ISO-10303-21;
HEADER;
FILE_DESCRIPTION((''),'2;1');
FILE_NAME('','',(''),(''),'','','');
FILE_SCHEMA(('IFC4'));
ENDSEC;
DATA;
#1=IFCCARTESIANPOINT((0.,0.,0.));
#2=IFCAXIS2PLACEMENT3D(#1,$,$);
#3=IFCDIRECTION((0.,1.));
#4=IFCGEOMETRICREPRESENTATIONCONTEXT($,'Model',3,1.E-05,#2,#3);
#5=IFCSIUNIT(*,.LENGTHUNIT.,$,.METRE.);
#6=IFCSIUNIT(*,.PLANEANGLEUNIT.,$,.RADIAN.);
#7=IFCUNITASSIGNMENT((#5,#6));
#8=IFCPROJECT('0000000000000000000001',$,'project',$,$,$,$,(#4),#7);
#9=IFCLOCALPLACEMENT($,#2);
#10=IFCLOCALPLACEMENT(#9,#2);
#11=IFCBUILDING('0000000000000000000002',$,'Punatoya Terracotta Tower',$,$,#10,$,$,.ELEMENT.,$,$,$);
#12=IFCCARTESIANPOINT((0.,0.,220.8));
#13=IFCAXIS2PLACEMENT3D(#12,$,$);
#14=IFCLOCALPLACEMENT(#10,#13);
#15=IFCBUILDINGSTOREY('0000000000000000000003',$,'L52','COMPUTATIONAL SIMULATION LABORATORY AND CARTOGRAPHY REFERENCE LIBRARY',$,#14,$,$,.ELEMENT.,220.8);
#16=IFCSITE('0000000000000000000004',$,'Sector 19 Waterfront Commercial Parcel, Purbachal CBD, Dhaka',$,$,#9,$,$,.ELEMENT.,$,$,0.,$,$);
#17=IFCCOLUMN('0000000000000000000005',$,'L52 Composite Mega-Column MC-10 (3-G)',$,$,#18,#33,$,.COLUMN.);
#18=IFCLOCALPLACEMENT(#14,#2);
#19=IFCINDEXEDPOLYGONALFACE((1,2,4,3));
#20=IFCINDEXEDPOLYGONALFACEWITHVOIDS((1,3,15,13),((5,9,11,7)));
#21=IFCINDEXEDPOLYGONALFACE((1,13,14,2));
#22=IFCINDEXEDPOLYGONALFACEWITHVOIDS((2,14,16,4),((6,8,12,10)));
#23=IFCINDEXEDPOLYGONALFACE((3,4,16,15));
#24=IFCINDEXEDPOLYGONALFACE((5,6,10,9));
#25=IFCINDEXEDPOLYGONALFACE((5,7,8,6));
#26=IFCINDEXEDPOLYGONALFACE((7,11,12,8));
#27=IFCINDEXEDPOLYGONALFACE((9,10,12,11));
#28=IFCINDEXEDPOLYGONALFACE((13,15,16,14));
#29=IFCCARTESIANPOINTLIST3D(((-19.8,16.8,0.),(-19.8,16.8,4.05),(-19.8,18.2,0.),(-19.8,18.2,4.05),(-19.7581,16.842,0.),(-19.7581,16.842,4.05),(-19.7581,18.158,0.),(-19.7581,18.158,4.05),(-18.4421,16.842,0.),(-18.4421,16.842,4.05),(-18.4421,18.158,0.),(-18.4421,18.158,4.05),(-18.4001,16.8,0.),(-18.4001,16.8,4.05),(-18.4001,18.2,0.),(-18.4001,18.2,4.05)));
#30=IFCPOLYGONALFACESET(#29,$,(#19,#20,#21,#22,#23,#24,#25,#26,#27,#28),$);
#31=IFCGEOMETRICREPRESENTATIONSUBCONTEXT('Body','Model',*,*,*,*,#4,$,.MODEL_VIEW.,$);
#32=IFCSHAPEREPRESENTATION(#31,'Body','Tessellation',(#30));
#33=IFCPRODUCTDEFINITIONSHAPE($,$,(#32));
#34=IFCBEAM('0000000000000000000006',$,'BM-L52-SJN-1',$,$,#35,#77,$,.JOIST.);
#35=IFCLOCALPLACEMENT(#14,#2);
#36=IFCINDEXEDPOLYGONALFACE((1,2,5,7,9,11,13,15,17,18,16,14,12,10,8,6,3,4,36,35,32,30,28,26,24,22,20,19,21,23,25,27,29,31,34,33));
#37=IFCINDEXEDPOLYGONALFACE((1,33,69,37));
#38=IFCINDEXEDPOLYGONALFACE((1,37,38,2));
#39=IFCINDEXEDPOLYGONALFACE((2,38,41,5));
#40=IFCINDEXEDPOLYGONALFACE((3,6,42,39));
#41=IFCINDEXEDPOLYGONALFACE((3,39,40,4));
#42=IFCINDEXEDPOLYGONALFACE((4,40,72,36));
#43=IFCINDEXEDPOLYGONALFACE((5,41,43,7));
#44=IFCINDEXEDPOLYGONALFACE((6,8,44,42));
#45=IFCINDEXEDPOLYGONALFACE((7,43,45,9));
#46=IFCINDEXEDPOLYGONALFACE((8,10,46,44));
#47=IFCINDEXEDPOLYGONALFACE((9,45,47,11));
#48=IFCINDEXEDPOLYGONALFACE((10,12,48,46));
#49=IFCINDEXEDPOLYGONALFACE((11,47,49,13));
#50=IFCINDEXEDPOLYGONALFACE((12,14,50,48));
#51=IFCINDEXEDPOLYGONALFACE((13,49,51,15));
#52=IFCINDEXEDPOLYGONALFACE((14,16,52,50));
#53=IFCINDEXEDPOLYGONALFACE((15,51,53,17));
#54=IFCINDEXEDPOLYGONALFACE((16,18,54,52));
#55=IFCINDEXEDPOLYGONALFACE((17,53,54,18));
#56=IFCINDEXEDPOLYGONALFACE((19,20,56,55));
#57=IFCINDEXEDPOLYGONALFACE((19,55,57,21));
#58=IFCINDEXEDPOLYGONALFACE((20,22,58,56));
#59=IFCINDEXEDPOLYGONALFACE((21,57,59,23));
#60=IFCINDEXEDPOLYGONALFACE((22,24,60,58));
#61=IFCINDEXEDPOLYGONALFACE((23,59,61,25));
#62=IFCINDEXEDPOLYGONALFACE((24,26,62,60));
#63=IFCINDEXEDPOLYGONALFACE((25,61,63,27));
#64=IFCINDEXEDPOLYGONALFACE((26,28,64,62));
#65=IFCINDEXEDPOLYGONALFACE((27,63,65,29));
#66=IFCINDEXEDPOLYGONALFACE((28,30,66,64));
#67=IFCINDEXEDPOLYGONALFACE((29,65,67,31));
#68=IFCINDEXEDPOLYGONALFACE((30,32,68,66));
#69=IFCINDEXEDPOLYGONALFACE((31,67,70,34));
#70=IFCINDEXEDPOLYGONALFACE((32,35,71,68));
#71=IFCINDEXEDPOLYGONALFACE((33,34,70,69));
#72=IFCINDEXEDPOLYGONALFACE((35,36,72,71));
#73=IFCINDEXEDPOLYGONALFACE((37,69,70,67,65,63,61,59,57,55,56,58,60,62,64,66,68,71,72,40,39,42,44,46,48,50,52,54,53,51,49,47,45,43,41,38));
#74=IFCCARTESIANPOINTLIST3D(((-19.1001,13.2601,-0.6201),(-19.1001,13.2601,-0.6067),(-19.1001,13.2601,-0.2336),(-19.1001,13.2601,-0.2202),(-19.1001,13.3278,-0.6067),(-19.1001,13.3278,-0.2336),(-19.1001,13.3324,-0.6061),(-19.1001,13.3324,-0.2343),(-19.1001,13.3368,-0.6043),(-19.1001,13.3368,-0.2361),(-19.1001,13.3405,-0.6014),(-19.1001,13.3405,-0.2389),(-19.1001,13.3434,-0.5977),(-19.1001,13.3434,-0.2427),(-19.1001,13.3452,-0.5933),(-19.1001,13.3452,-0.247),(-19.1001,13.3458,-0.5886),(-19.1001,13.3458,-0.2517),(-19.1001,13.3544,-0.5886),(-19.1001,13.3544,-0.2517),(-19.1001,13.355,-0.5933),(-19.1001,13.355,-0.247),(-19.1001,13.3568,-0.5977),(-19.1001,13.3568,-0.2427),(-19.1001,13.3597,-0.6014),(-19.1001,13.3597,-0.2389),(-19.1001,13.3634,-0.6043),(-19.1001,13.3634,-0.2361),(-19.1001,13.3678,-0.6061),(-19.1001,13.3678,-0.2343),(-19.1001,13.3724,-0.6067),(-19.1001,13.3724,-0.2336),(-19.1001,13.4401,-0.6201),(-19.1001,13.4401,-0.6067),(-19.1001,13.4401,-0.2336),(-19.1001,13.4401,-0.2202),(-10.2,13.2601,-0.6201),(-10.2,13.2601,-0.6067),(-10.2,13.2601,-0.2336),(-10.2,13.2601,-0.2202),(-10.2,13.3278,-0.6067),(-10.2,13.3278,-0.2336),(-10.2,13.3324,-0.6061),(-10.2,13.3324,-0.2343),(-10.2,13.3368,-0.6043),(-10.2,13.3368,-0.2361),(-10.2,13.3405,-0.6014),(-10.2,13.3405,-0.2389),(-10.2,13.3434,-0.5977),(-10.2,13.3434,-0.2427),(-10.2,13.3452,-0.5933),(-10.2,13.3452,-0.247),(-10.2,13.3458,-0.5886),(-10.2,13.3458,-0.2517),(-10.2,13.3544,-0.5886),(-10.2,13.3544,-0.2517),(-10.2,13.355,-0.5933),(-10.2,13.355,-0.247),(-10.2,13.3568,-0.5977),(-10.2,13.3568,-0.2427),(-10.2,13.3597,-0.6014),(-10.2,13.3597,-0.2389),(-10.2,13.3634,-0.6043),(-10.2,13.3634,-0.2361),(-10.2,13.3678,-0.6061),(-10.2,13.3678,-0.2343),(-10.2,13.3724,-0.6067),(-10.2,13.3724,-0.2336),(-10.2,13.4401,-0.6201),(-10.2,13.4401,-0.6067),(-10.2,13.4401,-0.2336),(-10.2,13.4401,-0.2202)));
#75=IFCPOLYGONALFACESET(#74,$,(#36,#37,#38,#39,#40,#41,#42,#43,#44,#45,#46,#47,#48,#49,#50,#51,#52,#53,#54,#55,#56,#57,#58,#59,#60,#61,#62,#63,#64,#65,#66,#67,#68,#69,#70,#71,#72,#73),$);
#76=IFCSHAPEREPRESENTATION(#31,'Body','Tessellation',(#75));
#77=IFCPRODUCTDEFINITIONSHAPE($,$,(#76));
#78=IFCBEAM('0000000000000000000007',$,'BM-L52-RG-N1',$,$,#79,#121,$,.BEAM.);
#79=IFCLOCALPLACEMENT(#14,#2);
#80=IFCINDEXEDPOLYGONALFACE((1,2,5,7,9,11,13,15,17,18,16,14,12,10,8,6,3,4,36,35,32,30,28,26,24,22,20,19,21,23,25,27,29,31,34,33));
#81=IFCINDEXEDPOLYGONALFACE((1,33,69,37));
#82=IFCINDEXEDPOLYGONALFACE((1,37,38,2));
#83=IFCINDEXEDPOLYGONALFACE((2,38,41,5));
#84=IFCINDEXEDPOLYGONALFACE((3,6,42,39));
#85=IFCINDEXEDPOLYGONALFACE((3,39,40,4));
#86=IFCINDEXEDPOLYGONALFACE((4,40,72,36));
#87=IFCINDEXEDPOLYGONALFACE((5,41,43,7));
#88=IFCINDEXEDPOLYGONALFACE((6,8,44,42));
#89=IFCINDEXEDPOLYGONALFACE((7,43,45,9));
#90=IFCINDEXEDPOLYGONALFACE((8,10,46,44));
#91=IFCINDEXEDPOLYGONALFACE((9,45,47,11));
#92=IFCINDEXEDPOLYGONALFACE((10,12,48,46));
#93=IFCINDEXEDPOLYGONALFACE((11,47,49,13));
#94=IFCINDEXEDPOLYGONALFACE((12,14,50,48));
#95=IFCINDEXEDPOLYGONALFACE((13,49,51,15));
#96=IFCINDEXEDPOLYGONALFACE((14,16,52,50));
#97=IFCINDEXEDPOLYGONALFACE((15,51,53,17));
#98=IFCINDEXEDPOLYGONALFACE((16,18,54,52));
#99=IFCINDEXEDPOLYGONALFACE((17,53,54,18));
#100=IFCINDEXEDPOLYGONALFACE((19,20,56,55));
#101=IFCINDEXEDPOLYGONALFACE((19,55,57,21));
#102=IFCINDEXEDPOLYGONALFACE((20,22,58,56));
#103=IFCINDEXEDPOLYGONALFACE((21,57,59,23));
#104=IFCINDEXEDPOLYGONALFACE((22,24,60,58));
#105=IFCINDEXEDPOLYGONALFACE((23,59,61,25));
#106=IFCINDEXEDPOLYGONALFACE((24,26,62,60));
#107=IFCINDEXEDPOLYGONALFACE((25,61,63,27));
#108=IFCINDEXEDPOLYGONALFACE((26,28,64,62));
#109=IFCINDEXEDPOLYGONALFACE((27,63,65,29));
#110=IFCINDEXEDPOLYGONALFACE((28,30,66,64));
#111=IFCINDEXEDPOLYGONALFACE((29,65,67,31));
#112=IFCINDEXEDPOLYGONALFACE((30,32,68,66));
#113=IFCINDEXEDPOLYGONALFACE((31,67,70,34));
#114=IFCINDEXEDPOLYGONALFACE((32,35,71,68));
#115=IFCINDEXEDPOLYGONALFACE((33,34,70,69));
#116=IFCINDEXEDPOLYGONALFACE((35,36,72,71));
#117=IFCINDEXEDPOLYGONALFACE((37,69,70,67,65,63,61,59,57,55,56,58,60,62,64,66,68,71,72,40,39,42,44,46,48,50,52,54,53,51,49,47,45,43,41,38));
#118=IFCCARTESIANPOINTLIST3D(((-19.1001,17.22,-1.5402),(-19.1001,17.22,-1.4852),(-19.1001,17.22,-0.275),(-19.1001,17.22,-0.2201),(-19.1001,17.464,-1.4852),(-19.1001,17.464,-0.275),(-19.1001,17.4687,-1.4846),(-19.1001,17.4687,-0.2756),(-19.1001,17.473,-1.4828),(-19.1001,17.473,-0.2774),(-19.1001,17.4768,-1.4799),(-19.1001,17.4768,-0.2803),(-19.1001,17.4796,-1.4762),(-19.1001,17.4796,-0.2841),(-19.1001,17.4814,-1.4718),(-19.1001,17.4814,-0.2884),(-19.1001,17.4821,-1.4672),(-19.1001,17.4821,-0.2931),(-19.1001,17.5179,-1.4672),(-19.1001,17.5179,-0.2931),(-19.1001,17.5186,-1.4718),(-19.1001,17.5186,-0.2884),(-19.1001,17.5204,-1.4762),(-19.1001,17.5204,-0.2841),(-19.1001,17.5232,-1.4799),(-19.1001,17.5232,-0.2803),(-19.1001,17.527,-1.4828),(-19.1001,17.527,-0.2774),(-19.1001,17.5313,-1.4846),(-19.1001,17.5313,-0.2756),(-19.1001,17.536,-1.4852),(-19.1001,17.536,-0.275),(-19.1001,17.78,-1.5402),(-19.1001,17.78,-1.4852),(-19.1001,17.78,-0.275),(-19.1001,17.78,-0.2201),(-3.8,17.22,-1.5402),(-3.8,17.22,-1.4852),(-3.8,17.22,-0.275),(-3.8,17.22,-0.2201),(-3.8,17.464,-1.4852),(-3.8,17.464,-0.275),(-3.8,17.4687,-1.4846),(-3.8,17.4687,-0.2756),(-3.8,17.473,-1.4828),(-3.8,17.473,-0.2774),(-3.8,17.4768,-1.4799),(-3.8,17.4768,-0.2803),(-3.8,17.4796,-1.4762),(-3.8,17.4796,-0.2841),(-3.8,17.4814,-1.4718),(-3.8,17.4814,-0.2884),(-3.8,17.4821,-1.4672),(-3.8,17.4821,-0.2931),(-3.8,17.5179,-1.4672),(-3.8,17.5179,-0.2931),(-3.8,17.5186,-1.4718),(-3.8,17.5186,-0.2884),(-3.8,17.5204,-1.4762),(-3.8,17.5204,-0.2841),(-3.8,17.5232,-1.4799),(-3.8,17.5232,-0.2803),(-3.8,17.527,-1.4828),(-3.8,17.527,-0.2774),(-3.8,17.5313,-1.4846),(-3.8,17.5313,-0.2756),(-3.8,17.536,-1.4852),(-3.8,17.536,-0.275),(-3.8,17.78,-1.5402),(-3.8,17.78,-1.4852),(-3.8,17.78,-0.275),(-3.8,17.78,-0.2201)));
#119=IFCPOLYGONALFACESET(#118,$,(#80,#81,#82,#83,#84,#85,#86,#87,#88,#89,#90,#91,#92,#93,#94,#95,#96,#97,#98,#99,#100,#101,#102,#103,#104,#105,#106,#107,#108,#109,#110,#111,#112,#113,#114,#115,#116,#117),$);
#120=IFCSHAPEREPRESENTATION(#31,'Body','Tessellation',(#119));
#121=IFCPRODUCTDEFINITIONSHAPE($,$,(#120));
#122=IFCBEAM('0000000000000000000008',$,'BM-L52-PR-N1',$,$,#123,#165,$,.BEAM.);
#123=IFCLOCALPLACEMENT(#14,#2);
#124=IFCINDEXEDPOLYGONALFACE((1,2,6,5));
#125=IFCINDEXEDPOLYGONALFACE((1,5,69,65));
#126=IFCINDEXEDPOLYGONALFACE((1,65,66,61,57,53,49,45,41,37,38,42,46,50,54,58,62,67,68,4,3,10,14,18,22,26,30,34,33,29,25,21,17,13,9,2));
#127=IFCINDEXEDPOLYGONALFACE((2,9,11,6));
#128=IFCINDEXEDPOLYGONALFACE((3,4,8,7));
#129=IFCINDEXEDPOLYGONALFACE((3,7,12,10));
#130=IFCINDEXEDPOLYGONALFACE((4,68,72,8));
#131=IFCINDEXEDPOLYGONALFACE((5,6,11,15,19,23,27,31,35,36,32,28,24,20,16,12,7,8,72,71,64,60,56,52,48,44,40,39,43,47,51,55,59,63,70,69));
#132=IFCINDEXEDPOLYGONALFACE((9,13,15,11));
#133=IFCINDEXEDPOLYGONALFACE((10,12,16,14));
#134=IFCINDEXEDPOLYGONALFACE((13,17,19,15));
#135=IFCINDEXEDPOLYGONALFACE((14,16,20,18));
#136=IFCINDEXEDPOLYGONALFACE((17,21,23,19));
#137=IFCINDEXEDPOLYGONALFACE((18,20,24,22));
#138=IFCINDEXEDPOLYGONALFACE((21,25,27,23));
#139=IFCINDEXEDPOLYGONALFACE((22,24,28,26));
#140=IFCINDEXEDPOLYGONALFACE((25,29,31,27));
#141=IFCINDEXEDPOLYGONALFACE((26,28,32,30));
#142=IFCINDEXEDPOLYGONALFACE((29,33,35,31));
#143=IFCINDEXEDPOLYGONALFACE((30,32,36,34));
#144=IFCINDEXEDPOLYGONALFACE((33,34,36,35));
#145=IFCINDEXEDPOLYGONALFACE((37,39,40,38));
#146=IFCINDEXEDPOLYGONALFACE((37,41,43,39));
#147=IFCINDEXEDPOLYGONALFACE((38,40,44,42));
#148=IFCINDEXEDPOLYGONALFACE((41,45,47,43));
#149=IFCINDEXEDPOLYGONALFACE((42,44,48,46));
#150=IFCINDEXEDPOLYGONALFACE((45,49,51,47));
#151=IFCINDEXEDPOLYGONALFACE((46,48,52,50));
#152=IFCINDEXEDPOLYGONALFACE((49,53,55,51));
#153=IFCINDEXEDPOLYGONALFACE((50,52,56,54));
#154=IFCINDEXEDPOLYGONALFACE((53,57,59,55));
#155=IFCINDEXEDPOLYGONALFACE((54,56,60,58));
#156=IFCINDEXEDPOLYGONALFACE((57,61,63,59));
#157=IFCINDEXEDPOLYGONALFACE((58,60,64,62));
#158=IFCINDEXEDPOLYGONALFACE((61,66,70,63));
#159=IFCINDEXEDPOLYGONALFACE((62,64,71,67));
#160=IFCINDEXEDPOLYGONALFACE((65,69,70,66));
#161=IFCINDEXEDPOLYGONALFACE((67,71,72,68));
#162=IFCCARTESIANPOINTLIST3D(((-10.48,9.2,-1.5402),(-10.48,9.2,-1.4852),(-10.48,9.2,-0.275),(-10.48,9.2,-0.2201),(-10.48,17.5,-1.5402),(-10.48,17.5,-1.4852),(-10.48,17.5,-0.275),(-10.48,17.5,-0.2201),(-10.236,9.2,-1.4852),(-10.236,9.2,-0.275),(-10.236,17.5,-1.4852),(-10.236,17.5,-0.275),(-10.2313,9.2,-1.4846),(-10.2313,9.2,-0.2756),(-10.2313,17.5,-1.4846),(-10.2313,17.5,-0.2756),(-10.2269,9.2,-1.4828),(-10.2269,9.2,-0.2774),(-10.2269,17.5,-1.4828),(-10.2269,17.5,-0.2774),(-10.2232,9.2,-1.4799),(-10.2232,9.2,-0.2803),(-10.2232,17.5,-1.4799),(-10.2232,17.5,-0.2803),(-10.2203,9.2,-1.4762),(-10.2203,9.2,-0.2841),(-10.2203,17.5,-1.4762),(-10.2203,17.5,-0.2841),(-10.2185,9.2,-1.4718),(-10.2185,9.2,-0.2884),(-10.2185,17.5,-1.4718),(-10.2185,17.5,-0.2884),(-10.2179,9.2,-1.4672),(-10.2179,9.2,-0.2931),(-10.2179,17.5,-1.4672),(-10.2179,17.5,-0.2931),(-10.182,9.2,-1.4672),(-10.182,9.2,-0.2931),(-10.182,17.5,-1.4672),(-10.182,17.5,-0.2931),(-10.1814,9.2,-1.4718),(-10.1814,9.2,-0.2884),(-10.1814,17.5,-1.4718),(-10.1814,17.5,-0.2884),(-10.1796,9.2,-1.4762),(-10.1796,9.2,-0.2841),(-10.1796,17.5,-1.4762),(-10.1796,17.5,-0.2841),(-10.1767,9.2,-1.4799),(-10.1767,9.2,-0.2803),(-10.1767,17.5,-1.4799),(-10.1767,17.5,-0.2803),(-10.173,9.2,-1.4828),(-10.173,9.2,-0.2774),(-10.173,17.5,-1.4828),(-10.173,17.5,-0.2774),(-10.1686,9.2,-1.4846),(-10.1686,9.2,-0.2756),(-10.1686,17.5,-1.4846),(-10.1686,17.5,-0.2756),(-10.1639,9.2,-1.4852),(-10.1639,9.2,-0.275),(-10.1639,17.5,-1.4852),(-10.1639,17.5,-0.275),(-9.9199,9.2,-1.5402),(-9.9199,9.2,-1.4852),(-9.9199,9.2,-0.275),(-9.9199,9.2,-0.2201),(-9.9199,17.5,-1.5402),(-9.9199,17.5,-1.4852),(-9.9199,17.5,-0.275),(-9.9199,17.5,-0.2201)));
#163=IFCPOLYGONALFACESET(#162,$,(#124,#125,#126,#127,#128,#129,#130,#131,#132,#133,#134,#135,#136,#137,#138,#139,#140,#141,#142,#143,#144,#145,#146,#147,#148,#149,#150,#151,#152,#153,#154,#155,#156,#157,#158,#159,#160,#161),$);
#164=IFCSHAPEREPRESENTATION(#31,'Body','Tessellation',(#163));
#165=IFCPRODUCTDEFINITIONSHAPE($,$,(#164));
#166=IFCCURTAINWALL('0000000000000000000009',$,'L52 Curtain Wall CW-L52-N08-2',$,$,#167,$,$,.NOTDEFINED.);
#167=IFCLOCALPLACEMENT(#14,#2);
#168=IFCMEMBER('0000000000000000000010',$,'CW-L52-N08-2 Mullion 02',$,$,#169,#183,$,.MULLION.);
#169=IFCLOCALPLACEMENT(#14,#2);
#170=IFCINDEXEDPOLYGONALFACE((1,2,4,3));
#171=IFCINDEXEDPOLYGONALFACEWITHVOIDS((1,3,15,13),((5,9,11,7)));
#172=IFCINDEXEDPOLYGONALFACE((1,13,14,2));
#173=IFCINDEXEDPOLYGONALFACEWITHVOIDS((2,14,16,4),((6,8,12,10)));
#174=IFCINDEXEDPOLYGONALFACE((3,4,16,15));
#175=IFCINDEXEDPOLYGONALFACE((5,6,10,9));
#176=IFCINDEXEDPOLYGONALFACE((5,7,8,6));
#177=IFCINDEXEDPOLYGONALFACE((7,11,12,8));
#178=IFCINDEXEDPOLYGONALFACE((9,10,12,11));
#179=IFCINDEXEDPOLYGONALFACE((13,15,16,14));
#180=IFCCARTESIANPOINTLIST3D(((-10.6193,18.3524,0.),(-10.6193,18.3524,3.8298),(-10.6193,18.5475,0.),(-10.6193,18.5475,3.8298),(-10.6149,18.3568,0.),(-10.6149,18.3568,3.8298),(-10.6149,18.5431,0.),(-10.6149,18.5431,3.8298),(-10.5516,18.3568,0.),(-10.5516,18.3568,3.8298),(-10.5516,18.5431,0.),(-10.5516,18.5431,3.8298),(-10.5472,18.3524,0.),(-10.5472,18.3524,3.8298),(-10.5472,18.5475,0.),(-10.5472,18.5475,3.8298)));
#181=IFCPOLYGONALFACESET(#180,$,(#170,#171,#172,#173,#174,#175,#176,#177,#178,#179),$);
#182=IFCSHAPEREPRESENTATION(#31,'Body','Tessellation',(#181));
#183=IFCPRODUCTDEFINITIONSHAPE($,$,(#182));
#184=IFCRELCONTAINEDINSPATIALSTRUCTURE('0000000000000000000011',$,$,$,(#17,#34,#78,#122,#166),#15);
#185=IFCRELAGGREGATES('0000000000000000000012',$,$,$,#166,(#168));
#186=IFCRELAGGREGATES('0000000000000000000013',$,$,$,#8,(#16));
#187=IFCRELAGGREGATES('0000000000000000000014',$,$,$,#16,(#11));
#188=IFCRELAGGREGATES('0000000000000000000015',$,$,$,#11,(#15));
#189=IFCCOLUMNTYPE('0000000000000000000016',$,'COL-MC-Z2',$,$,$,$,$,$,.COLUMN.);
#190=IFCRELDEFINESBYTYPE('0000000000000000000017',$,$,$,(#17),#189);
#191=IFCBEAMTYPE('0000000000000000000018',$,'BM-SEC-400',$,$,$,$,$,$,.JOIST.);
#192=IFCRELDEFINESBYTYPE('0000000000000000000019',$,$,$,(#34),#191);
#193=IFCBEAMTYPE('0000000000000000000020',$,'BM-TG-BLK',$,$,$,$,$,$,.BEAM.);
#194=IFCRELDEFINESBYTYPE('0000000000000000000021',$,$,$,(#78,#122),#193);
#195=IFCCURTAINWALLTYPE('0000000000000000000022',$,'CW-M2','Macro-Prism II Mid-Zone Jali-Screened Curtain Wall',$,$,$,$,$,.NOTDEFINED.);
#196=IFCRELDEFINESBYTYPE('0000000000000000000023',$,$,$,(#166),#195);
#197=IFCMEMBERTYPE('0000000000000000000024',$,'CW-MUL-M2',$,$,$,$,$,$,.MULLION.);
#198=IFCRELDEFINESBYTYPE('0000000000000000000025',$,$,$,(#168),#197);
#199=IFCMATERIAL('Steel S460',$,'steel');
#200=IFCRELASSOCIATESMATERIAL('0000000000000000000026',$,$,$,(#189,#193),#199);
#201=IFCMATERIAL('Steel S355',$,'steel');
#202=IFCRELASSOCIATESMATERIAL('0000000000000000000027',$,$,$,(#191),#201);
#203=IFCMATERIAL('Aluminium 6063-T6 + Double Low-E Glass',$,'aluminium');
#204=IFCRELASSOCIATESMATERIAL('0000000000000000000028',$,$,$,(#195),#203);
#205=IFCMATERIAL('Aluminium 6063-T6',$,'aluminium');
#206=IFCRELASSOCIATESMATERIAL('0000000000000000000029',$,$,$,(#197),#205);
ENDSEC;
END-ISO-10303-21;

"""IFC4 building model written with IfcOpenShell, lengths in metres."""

from ifc_helpers import new_model, si_unit, direction, frame, origin, origin_2d, place, context, subcontext, project, spatial, hollow_rectangle, i_section, extrude, material, material_profile, profile_set, type_object, element, aggregate, save


model = new_model("IFC4")

# Units and contexts
model_context = context("Model", 3, precision=1e-05, world=origin(), true_north=direction((0.0, 1.0)))
body_context = subcontext(model_context, "Body", "Model", "MODEL_VIEW")
ifc_project = project(units=[si_unit("LENGTHUNIT", "METRE"), si_unit("PLANEANGLEUNIT", "RADIAN")], contexts=[model_context])

# Site, building, storey
site_placement = place(None, origin())
site = spatial("IfcSite", under=ifc_project, at=site_placement, Name="Sector 19 Waterfront Commercial Parcel, Purbachal CBD, Dhaka", CompositionType="ELEMENT", RefElevation=0.0)
building_placement = place(site_placement, origin())
building = spatial("IfcBuilding", under=site, at=building_placement, Name="Punatoya Terracotta Tower", CompositionType="ELEMENT")
storey_placement = place(building_placement, frame((0.0, 0.0, 220.8)))
storey = spatial("IfcBuildingStorey", under=building, at=storey_placement, Name="L52", Description="COMPUTATIONAL SIMULATION LABORATORY AND CARTOGRAPHY REFERENCE LIBRARY", CompositionType="ELEMENT", Elevation=220.8)

# Column
ifc_material_1 = material(Name="Steel S460", Category="steel")
ifc_material_profile_1 = material_profile(ifc_material_1, hollow_rectangle(XDim=1.3999, YDim=1.3999, WallThickness=0.042, at=origin_2d()))
ifc_profile_set_1 = profile_set([ifc_material_profile_1], Name="Steel S460")
column_type = type_object("IfcColumnType", Name="COL-MC-Z2", PredefinedType="COLUMN", material=ifc_profile_set_1)
column_placement = place(storey_placement, frame((-19.1001, 17.5, 0.0), z_axis=(0.0, 0.0, 1.0), x_axis=(1.0, 0.0, 0.0)))
element("IfcColumn", 1, at=column_placement, inside=storey, type_object=column_type, Name="L52 Composite Mega-Column MC-10 (3-G)", PredefinedType="COLUMN", context=body_context, shape_type="SweptSolid", body=[
    extrude(hollow_rectangle(XDim=1.3999, YDim=1.3999, WallThickness=0.042, at=origin_2d()), origin(), (0.0, 0.0, 1.0), 4.05),
])

# Beams
ifc_material_2 = material(Name="Steel S355", Category="steel")
ifc_material_profile_2 = material_profile(ifc_material_2, i_section(OverallWidth=0.1799, OverallDepth=0.3999, WebThickness=0.0085, FlangeThickness=0.0134, FilletRadius=0.0181, at=origin_2d()))
ifc_profile_set_2 = profile_set([ifc_material_profile_2], Name="Steel S355")
beam_type_1 = type_object("IfcBeamType", Name="BM-SEC-400", PredefinedType="JOIST", material=ifc_profile_set_2)
beam_1_placement = place(storey_placement, frame((-19.1001, 13.3501, -0.4202), z_axis=(1.0, 0.0, 0.0), x_axis=(0.0, 1.0, 0.0)))
element("IfcBeam", 2, at=beam_1_placement, inside=storey, type_object=beam_type_1, Name="BM-L52-SJN-1", PredefinedType="JOIST", context=body_context, shape_type="SweptSolid", body=[
    extrude(i_section(OverallWidth=0.1799, OverallDepth=0.3999, WebThickness=0.0085, FlangeThickness=0.0134, FilletRadius=0.0181, at=origin_2d()), origin(), (0.0, 0.0, 1.0), 8.9001),
])
ifc_material_profile_3 = material_profile(ifc_material_1, i_section(OverallWidth=0.5601, OverallDepth=1.3201, WebThickness=0.0359, FlangeThickness=0.0549, FilletRadius=0.0181, at=origin_2d()))
ifc_profile_set_3 = profile_set([ifc_material_profile_3], Name="Steel S460")
beam_type_2 = type_object("IfcBeamType", Name="BM-TG-BLK", PredefinedType="BEAM", material=ifc_profile_set_3)
beam_2_placement = place(storey_placement, frame((-19.1001, 17.5, -0.8801), z_axis=(1.0, 0.0, 0.0), x_axis=(0.0, 1.0, 0.0)))
element("IfcBeam", 3, at=beam_2_placement, inside=storey, type_object=beam_type_2, Name="BM-L52-RG-N1", PredefinedType="BEAM", context=body_context, shape_type="SweptSolid", body=[
    extrude(i_section(OverallWidth=0.5601, OverallDepth=1.3201, WebThickness=0.0359, FlangeThickness=0.0549, FilletRadius=0.0181, at=origin_2d()), origin(), (0.0, 0.0, 1.0), 15.3),
])
beam_3_placement = place(storey_placement, frame((-10.2, 9.2, -0.8801), z_axis=(0.0, 1.0, 0.0), x_axis=(-1.0, 0.0, 0.0)))
element("IfcBeam", 4, at=beam_3_placement, inside=storey, type_object=beam_type_2, Name="BM-L52-PR-N1", PredefinedType="BEAM", context=body_context, shape_type="SweptSolid", body=[
    extrude(i_section(OverallWidth=0.5601, OverallDepth=1.3201, WebThickness=0.0359, FlangeThickness=0.0549, FilletRadius=0.0181, at=origin_2d()), origin(), (0.0, 0.0, 1.0), 8.3),
])

# Curtain wall, member
ifc_material_3 = material(Name="Aluminium 6063-T6 + Double Low-E Glass", Category="aluminium")
curtain_wall_type = type_object("IfcCurtainWallType", Name="CW-M2", Description="Macro-Prism II Mid-Zone Jali-Screened Curtain Wall", PredefinedType="NOTDEFINED", material=ifc_material_3)
curtain_wall_1_placement = place(storey_placement, origin())
curtain_wall_1 = element("IfcCurtainWall", 5, at=curtain_wall_1_placement, inside=storey, type_object=curtain_wall_type, Name="L52 Curtain Wall CW-L52-N08-2", PredefinedType="NOTDEFINED")
ifc_material_4 = material(Name="Aluminium 6063-T6", Category="aluminium")
ifc_material_profile_4 = material_profile(ifc_material_4, hollow_rectangle(XDim=0.072, YDim=0.1951, WallThickness=0.0044, at=origin_2d()))
ifc_profile_set_4 = profile_set([ifc_material_profile_4], Name="Aluminium 6063-T6")
member_type_1 = type_object("IfcMemberType", Name="CW-MUL-M2", PredefinedType="MULLION", material=ifc_profile_set_4)
member_1_placement = place(storey_placement, frame((-10.5833, 18.45, 0.0), z_axis=(0.0, 0.0, 1.0), x_axis=(1.0, 0.0, 0.0)))
member_1 = element("IfcMember", 6, at=member_1_placement, type_object=member_type_1, Name="CW-L52-N08-2 Mullion 02", PredefinedType="MULLION", context=body_context, shape_type="SweptSolid", body=[
    extrude(hollow_rectangle(XDim=0.072, YDim=0.1951, WallThickness=0.0044, at=origin_2d()), origin(), (0.0, 0.0, 1.0), 3.8298),
])

aggregate(curtain_wall_1, [member_1])

save(model, "model.ifc")
